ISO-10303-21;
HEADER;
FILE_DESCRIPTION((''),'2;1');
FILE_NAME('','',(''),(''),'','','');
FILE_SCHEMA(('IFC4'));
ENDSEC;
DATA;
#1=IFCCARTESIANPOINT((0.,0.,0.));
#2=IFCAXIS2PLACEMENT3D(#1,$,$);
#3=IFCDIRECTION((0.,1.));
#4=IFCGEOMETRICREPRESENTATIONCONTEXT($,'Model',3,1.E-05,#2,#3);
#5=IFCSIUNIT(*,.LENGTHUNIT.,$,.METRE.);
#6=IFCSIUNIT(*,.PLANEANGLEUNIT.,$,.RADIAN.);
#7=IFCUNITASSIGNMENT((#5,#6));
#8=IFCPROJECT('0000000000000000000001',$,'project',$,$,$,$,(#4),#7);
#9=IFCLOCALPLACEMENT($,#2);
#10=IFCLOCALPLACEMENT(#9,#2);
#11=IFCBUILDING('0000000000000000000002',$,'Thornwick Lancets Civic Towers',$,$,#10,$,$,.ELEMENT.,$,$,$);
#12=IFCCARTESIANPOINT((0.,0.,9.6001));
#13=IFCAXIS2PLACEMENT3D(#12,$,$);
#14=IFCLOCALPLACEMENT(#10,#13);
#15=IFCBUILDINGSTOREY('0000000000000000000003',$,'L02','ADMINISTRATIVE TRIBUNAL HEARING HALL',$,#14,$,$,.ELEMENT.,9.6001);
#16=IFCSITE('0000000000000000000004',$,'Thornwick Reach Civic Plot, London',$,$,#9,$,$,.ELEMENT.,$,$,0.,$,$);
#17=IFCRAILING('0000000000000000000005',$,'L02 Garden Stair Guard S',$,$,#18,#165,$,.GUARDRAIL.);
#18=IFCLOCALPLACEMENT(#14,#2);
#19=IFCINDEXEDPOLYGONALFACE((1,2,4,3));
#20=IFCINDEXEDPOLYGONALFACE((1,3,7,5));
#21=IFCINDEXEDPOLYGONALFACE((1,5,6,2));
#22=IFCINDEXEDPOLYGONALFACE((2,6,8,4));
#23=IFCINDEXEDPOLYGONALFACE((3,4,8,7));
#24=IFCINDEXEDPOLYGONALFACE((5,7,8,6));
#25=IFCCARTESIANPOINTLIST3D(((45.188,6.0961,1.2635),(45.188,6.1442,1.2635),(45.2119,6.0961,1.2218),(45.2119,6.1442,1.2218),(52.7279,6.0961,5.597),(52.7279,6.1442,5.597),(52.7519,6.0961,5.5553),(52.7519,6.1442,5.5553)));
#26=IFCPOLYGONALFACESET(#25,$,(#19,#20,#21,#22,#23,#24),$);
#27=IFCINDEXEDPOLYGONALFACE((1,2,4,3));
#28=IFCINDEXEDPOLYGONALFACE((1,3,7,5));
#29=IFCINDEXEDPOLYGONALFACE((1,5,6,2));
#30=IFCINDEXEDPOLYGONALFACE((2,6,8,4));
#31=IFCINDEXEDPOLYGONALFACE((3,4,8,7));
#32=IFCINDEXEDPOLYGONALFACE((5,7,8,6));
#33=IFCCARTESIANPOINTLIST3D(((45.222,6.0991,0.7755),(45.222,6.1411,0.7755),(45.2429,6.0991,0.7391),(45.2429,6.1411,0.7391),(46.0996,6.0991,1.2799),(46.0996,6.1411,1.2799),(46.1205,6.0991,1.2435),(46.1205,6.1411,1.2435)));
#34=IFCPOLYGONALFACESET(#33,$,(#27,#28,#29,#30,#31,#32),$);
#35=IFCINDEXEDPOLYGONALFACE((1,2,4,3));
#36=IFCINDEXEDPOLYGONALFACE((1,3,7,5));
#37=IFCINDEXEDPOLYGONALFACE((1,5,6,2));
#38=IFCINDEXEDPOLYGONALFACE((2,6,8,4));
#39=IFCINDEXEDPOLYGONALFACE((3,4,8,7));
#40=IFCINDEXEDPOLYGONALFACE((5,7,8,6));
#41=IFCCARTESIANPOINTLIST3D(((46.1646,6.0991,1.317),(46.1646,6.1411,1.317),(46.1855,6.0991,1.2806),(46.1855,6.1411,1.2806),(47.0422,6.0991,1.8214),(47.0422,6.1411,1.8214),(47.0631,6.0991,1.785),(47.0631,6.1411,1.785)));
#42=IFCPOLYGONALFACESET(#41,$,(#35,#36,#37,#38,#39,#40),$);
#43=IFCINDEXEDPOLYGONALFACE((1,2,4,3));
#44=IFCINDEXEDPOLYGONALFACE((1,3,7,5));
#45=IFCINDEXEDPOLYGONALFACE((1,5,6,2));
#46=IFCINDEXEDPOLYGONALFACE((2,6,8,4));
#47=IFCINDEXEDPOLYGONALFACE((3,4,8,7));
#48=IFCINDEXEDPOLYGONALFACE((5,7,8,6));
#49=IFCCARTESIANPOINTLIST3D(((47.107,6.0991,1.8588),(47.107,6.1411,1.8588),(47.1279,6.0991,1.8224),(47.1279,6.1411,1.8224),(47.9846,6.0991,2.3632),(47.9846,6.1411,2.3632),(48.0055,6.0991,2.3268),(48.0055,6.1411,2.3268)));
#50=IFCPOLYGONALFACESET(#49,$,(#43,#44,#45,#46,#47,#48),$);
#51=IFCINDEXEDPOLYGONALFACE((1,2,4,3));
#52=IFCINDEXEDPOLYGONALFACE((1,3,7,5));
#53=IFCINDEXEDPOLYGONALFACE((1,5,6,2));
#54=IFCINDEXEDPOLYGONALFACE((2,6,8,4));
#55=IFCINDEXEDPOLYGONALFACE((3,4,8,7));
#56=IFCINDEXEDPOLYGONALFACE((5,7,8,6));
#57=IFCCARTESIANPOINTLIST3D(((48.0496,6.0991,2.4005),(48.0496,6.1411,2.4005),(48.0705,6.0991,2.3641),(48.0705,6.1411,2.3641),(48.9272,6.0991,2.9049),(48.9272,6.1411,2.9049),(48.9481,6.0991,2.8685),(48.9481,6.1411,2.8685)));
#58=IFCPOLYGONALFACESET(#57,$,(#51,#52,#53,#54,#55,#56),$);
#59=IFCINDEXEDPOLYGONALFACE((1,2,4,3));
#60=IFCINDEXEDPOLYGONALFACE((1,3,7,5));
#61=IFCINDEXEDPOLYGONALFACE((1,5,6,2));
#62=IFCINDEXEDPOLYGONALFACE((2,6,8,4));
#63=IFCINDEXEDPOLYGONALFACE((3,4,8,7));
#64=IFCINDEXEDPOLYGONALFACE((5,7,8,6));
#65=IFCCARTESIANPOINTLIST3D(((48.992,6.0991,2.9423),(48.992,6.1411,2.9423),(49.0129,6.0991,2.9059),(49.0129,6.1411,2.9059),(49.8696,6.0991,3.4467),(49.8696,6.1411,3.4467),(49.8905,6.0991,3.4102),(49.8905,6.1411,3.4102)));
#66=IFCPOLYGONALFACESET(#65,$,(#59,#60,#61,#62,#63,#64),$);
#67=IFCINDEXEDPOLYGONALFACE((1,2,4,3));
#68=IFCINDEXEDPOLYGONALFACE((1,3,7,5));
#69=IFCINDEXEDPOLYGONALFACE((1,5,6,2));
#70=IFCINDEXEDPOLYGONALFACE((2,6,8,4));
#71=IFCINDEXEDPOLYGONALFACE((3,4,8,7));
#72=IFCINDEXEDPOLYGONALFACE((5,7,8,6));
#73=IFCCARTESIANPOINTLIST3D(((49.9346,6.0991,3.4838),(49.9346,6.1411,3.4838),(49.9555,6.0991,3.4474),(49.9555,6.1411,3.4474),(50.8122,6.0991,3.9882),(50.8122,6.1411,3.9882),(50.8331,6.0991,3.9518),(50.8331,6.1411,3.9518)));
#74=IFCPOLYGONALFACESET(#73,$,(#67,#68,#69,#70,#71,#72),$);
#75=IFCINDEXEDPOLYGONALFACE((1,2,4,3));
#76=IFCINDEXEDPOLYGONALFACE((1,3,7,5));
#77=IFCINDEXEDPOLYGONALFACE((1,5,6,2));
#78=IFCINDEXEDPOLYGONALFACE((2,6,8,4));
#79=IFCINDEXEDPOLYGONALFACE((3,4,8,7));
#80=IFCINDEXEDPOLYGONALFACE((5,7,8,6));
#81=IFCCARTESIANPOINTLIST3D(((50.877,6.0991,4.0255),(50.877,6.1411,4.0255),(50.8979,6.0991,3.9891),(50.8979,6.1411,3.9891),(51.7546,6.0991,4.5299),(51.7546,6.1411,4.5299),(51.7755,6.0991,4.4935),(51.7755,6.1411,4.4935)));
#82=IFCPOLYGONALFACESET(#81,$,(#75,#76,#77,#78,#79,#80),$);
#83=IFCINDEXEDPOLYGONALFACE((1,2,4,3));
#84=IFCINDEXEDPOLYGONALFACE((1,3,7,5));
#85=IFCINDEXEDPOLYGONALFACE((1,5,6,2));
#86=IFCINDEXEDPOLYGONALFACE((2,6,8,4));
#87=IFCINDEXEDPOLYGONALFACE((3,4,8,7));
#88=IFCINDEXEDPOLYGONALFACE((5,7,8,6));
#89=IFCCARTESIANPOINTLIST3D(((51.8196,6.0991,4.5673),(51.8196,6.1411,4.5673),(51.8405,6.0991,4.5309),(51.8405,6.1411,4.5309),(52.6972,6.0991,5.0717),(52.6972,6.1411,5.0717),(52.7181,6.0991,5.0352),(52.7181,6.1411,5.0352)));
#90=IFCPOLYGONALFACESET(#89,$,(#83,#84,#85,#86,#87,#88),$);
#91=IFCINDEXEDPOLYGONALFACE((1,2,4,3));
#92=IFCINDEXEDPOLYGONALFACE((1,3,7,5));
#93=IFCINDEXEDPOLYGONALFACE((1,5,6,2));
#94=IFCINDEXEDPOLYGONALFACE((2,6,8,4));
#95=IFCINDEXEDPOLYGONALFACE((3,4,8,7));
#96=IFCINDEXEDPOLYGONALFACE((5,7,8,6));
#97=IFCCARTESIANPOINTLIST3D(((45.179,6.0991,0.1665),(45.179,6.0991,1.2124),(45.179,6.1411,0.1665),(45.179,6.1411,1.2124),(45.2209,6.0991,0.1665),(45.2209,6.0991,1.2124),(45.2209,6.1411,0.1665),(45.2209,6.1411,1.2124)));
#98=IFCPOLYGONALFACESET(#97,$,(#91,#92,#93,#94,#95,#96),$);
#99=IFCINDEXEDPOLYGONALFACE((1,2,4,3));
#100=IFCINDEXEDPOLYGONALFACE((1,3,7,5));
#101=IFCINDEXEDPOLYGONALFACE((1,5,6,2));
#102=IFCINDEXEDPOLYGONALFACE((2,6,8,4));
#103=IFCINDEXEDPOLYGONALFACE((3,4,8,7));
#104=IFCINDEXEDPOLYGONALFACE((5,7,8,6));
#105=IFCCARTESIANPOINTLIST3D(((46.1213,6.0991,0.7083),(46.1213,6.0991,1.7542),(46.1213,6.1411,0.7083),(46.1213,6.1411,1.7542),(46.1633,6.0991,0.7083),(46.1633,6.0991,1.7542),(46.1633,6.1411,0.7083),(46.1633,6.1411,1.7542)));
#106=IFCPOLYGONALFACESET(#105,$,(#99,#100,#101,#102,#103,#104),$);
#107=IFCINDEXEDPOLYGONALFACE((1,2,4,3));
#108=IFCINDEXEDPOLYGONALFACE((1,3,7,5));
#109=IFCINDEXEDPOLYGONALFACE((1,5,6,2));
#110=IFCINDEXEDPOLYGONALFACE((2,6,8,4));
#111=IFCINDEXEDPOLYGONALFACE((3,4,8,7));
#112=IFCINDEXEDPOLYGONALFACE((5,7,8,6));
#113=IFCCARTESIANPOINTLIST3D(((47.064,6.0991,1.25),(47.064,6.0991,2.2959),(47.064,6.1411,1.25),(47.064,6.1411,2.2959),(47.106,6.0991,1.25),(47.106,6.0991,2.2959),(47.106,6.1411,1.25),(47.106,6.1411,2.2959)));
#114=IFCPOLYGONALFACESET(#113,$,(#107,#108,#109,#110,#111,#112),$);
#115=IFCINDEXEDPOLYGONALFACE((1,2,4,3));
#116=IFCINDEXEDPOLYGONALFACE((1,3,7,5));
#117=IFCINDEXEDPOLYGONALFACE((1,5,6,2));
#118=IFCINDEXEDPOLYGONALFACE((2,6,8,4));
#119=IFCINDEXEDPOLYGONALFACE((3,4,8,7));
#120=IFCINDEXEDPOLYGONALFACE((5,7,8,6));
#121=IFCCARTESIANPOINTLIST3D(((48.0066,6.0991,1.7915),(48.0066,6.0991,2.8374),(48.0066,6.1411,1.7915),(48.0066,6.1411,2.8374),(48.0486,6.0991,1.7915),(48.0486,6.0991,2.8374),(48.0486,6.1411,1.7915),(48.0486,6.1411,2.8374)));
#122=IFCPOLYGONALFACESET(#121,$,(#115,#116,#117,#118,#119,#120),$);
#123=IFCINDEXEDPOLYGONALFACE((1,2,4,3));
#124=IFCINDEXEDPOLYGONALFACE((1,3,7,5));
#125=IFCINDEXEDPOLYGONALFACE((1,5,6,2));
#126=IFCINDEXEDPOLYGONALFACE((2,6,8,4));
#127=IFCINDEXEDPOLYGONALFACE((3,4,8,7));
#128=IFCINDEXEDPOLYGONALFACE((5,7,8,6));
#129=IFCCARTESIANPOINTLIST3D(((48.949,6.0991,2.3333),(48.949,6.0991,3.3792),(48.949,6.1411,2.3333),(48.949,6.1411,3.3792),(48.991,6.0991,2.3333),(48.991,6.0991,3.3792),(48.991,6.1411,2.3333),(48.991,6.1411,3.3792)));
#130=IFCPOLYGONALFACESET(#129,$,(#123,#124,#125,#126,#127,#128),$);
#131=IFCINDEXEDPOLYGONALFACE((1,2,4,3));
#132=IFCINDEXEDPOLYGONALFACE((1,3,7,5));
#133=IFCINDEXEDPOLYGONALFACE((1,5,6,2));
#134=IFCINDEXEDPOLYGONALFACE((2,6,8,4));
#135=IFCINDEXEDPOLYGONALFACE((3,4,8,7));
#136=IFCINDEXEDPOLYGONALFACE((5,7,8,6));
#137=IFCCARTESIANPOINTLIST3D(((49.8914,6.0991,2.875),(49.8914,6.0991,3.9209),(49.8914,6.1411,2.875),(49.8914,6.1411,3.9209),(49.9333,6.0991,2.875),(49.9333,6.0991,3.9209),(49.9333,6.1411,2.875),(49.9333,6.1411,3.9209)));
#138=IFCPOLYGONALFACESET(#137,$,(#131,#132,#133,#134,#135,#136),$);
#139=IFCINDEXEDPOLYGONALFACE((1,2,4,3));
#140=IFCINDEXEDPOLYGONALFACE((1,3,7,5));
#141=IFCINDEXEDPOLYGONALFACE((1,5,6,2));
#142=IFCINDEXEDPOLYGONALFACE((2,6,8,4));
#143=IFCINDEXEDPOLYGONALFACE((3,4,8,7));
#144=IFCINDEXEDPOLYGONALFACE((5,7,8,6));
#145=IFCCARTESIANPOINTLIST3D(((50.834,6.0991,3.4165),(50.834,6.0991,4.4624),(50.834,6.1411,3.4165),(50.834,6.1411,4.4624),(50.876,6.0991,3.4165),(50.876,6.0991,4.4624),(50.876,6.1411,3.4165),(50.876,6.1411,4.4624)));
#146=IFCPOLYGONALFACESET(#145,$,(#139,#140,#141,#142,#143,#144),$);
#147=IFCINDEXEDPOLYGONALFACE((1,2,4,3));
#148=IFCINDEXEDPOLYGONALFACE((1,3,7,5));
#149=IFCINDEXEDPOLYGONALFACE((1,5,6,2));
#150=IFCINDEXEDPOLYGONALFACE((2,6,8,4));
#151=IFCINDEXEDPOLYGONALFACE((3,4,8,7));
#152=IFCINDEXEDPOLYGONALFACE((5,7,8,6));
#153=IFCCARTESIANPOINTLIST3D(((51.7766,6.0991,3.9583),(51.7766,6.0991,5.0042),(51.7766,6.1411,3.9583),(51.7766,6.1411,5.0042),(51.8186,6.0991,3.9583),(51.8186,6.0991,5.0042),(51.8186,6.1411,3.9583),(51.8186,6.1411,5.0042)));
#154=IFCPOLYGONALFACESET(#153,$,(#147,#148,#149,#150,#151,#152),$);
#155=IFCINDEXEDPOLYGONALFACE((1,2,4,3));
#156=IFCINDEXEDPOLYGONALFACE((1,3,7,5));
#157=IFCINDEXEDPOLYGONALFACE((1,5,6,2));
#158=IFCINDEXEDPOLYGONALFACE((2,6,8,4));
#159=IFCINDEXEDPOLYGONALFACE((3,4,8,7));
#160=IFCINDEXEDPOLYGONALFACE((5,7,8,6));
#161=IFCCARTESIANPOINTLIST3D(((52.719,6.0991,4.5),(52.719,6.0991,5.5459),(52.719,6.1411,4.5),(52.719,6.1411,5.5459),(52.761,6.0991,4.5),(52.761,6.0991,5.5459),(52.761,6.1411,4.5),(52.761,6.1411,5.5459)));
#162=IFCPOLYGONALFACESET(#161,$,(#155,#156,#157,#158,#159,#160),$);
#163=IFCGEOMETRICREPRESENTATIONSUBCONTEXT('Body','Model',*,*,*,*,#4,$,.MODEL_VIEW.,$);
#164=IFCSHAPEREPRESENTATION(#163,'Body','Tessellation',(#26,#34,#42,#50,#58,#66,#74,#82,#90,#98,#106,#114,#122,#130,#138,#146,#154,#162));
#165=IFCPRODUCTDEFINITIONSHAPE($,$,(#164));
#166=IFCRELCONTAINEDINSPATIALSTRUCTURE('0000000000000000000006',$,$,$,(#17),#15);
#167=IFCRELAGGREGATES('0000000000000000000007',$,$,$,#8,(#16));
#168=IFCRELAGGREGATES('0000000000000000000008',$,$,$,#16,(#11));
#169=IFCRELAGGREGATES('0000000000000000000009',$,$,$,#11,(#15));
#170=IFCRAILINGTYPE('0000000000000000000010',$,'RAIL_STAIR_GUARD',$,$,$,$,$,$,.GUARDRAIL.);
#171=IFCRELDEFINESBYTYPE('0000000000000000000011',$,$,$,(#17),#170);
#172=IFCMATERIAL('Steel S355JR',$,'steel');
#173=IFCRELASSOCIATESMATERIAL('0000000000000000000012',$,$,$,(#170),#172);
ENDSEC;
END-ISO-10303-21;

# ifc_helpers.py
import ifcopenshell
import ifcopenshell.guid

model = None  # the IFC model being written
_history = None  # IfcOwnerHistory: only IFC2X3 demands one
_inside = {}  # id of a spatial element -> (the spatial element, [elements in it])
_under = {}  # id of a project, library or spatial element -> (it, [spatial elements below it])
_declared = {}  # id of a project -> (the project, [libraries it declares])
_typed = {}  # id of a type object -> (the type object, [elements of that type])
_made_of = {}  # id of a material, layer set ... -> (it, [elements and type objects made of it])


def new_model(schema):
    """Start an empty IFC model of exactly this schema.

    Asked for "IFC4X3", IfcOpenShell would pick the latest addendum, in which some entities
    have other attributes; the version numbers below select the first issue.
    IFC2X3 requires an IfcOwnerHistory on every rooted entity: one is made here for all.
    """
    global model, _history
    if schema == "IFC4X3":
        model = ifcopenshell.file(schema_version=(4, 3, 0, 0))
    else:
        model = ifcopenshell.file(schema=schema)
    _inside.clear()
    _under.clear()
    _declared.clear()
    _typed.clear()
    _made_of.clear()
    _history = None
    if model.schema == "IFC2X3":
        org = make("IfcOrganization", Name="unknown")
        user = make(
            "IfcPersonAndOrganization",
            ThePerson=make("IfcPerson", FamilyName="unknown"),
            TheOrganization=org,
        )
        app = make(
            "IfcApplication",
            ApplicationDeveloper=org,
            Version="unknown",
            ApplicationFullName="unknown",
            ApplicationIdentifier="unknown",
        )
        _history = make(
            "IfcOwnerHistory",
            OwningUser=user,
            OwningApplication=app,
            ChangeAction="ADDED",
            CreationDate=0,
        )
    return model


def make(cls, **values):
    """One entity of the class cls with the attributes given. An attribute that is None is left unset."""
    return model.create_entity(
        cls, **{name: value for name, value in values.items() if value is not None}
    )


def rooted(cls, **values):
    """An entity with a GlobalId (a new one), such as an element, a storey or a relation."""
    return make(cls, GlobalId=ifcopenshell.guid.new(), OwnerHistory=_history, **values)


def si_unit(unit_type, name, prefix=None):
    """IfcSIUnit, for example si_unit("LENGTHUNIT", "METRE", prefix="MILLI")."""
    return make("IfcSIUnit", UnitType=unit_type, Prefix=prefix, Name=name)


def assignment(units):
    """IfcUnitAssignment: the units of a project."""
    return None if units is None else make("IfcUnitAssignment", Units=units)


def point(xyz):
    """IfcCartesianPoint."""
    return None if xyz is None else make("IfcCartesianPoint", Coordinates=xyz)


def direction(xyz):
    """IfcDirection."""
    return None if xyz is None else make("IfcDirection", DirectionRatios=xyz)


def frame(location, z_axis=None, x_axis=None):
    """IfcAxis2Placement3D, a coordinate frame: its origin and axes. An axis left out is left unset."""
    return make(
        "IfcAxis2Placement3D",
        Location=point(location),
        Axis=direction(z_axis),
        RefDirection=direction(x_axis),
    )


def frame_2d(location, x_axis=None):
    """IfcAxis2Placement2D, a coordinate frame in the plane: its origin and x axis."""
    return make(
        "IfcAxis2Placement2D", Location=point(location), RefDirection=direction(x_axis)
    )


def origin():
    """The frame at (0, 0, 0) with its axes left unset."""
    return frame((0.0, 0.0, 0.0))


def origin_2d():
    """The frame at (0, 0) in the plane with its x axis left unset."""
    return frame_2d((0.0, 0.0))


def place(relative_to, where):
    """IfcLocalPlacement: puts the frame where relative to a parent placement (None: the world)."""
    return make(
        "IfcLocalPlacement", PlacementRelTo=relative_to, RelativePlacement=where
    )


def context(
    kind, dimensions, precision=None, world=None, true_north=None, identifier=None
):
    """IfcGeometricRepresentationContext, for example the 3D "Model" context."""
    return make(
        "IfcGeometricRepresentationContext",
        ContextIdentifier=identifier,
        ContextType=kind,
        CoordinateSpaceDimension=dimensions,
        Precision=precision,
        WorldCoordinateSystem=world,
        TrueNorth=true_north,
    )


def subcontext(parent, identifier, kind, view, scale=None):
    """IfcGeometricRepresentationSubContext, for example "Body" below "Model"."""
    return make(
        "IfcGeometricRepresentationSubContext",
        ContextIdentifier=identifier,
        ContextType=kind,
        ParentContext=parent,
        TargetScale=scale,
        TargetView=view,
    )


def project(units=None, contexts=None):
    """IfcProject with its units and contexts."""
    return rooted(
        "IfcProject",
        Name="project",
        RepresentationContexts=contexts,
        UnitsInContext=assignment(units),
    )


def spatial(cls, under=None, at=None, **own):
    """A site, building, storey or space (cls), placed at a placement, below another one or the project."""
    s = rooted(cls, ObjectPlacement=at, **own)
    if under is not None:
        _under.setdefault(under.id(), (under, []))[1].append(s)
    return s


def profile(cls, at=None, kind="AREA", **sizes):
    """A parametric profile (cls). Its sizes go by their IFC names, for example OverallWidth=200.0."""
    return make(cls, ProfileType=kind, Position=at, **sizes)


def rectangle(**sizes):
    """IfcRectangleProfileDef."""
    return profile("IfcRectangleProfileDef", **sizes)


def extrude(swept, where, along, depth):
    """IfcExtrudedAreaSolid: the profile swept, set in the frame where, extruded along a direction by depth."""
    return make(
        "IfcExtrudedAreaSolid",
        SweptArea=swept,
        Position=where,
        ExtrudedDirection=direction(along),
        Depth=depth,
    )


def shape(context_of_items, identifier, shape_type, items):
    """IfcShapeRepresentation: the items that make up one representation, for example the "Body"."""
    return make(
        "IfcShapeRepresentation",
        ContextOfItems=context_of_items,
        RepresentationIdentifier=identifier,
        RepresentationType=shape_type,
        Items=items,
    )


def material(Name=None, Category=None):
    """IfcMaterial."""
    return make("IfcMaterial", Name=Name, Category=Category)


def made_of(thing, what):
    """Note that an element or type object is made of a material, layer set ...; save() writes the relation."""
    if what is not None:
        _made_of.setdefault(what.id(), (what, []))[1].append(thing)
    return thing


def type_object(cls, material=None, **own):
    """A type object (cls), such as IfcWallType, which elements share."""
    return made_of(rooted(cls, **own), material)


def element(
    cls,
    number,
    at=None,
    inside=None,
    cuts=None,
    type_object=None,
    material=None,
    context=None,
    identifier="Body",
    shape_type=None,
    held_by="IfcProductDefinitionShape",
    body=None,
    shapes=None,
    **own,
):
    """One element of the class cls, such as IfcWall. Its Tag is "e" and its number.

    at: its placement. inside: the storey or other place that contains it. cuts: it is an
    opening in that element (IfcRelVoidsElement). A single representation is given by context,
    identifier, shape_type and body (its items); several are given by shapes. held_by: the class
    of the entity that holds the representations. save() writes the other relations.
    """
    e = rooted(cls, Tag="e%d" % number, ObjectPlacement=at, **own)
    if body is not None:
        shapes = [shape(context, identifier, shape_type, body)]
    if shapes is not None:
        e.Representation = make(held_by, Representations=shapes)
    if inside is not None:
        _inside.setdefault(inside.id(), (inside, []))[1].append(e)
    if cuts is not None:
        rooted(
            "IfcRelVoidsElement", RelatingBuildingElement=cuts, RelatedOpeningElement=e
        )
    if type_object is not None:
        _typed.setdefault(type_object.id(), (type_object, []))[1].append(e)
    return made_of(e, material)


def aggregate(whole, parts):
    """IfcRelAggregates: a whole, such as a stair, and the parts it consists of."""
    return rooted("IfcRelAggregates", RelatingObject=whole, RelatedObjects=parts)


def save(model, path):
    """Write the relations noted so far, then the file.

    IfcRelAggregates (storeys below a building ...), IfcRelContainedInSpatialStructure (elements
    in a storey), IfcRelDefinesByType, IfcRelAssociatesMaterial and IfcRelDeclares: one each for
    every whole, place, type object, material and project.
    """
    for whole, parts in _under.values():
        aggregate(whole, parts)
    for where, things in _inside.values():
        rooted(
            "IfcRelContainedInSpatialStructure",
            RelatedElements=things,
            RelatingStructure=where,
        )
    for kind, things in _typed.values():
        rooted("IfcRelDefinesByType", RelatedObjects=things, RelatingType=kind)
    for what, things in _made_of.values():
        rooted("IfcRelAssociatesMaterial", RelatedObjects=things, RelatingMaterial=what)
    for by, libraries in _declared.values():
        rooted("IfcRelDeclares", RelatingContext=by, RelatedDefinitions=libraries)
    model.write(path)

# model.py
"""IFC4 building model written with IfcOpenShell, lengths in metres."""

from ifc_helpers import new_model, si_unit, direction, frame, origin, origin_2d, place, context, subcontext, project, spatial, rectangle, extrude, material, type_object, element, save


model = new_model("IFC4")

# Units and contexts
model_context = context("Model", 3, precision=1e-05, world=origin(), true_north=direction((0.0, 1.0)))
body_context = subcontext(model_context, "Body", "Model", "MODEL_VIEW")
ifc_project = project(units=[si_unit("LENGTHUNIT", "METRE"), si_unit("PLANEANGLEUNIT", "RADIAN")], contexts=[model_context])

# Site, building, storey
site_placement = place(None, origin())
site = spatial("IfcSite", under=ifc_project, at=site_placement, Name="Thornwick Reach Civic Plot, London", CompositionType="ELEMENT", RefElevation=0.0)
building_placement = place(site_placement, origin())
building = spatial("IfcBuilding", under=site, at=building_placement, Name="Thornwick Lancets Civic Towers", CompositionType="ELEMENT")
storey_placement = place(building_placement, frame((0.0, 0.0, 9.6001)))
storey = spatial("IfcBuildingStorey", under=building, at=storey_placement, Name="L02", Description="ADMINISTRATIVE TRIBUNAL HEARING HALL", CompositionType="ELEMENT", Elevation=9.6001)

# Shared definitions
ifc_material_1 = material(Name="Steel S355JR", Category="steel")

# Railing
railing_type = type_object("IfcRailingType", Name="RAIL_STAIR_GUARD", PredefinedType="GUARDRAIL", material=ifc_material_1)
railing_1_placement = place(storey_placement, frame((45.2, 6.1201, 0.1665)))
element("IfcRailing", 1, at=railing_1_placement, inside=storey, type_object=railing_type, Name="L02 Garden Stair Guard S", PredefinedType="GUARDRAIL", context=body_context, shape_type="SweptSolid", body=[
    extrude(rectangle(XDim=0.0481, YDim=0.0481, at=origin_2d()), frame((0.0, 0.0, 1.0762), z_axis=(0.867007, 0.0, 0.498296), x_axis=(0.0, 1.0, 0.0)), (0.0, 0.0, 1.0), 8.6965),
    extrude(rectangle(XDim=0.042, YDim=0.042, at=origin_2d()), frame((0.0325, 0.0, 0.5908), z_axis=(0.867007, 0.0, 0.498296), x_axis=(0.0, 1.0, 0.0)), (0.0, 0.0, 1.0), 1.0122),
    extrude(rectangle(XDim=0.042, YDim=0.042, at=origin_2d()), frame((0.9751, 0.0, 1.1323), z_axis=(0.867007, 0.0, 0.498296), x_axis=(0.0, 1.0, 0.0)), (0.0, 0.0, 1.0), 1.0122),
    extrude(rectangle(XDim=0.042, YDim=0.042, at=origin_2d()), frame((1.9175, 0.0, 1.6741), z_axis=(0.867007, 0.0, 0.498296), x_axis=(0.0, 1.0, 0.0)), (0.0, 0.0, 1.0), 1.0122),
    extrude(rectangle(XDim=0.042, YDim=0.042, at=origin_2d()), frame((2.8601, 0.0, 2.2158), z_axis=(0.867007, 0.0, 0.498296), x_axis=(0.0, 1.0, 0.0)), (0.0, 0.0, 1.0), 1.0122),
    extrude(rectangle(XDim=0.042, YDim=0.042, at=origin_2d()), frame((3.8025, 0.0, 2.7576), z_axis=(0.867007, 0.0, 0.498296), x_axis=(0.0, 1.0, 0.0)), (0.0, 0.0, 1.0), 1.0122),
    extrude(rectangle(XDim=0.042, YDim=0.042, at=origin_2d()), frame((4.7451, 0.0, 3.2991), z_axis=(0.867007, 0.0, 0.498296), x_axis=(0.0, 1.0, 0.0)), (0.0, 0.0, 1.0), 1.0122),
    extrude(rectangle(XDim=0.042, YDim=0.042, at=origin_2d()), frame((5.6875, 0.0, 3.8408), z_axis=(0.867007, 0.0, 0.498296), x_axis=(0.0, 1.0, 0.0)), (0.0, 0.0, 1.0), 1.0122),
    extrude(rectangle(XDim=0.042, YDim=0.042, at=origin_2d()), frame((6.6301, 0.0, 4.3826), z_axis=(0.867007, 0.0, 0.498296), x_axis=(0.0, 1.0, 0.0)), (0.0, 0.0, 1.0), 1.0122),
    extrude(rectangle(XDim=0.042, YDim=0.042, at=origin_2d()), origin(), (0.0, 0.0, 1.0), 1.0459),
    extrude(rectangle(XDim=0.042, YDim=0.042, at=origin_2d()), frame((0.9424, 0.0, 0.5417)), (0.0, 0.0, 1.0), 1.0459),
    extrude(rectangle(XDim=0.042, YDim=0.042, at=origin_2d()), frame((1.885, 0.0, 1.0835)), (0.0, 0.0, 1.0), 1.0459),
    extrude(rectangle(XDim=0.042, YDim=0.042, at=origin_2d()), frame((2.8276, 0.0, 1.625)), (0.0, 0.0, 1.0), 1.0459),
    extrude(rectangle(XDim=0.042, YDim=0.042, at=origin_2d()), frame((3.77, 0.0, 2.1667)), (0.0, 0.0, 1.0), 1.0459),
    extrude(rectangle(XDim=0.042, YDim=0.042, at=origin_2d()), frame((4.7124, 0.0, 2.7085)), (0.0, 0.0, 1.0), 1.0459),
    extrude(rectangle(XDim=0.042, YDim=0.042, at=origin_2d()), frame((5.655, 0.0, 3.25)), (0.0, 0.0, 1.0), 1.0459),
    extrude(rectangle(XDim=0.042, YDim=0.042, at=origin_2d()), frame((6.5977, 0.0, 3.7917)), (0.0, 0.0, 1.0), 1.0459),
    extrude(rectangle(XDim=0.042, YDim=0.042, at=origin_2d()), frame((7.54, 0.0, 4.3335)), (0.0, 0.0, 1.0), 1.0459),
])

save(model, "model.ifc")
